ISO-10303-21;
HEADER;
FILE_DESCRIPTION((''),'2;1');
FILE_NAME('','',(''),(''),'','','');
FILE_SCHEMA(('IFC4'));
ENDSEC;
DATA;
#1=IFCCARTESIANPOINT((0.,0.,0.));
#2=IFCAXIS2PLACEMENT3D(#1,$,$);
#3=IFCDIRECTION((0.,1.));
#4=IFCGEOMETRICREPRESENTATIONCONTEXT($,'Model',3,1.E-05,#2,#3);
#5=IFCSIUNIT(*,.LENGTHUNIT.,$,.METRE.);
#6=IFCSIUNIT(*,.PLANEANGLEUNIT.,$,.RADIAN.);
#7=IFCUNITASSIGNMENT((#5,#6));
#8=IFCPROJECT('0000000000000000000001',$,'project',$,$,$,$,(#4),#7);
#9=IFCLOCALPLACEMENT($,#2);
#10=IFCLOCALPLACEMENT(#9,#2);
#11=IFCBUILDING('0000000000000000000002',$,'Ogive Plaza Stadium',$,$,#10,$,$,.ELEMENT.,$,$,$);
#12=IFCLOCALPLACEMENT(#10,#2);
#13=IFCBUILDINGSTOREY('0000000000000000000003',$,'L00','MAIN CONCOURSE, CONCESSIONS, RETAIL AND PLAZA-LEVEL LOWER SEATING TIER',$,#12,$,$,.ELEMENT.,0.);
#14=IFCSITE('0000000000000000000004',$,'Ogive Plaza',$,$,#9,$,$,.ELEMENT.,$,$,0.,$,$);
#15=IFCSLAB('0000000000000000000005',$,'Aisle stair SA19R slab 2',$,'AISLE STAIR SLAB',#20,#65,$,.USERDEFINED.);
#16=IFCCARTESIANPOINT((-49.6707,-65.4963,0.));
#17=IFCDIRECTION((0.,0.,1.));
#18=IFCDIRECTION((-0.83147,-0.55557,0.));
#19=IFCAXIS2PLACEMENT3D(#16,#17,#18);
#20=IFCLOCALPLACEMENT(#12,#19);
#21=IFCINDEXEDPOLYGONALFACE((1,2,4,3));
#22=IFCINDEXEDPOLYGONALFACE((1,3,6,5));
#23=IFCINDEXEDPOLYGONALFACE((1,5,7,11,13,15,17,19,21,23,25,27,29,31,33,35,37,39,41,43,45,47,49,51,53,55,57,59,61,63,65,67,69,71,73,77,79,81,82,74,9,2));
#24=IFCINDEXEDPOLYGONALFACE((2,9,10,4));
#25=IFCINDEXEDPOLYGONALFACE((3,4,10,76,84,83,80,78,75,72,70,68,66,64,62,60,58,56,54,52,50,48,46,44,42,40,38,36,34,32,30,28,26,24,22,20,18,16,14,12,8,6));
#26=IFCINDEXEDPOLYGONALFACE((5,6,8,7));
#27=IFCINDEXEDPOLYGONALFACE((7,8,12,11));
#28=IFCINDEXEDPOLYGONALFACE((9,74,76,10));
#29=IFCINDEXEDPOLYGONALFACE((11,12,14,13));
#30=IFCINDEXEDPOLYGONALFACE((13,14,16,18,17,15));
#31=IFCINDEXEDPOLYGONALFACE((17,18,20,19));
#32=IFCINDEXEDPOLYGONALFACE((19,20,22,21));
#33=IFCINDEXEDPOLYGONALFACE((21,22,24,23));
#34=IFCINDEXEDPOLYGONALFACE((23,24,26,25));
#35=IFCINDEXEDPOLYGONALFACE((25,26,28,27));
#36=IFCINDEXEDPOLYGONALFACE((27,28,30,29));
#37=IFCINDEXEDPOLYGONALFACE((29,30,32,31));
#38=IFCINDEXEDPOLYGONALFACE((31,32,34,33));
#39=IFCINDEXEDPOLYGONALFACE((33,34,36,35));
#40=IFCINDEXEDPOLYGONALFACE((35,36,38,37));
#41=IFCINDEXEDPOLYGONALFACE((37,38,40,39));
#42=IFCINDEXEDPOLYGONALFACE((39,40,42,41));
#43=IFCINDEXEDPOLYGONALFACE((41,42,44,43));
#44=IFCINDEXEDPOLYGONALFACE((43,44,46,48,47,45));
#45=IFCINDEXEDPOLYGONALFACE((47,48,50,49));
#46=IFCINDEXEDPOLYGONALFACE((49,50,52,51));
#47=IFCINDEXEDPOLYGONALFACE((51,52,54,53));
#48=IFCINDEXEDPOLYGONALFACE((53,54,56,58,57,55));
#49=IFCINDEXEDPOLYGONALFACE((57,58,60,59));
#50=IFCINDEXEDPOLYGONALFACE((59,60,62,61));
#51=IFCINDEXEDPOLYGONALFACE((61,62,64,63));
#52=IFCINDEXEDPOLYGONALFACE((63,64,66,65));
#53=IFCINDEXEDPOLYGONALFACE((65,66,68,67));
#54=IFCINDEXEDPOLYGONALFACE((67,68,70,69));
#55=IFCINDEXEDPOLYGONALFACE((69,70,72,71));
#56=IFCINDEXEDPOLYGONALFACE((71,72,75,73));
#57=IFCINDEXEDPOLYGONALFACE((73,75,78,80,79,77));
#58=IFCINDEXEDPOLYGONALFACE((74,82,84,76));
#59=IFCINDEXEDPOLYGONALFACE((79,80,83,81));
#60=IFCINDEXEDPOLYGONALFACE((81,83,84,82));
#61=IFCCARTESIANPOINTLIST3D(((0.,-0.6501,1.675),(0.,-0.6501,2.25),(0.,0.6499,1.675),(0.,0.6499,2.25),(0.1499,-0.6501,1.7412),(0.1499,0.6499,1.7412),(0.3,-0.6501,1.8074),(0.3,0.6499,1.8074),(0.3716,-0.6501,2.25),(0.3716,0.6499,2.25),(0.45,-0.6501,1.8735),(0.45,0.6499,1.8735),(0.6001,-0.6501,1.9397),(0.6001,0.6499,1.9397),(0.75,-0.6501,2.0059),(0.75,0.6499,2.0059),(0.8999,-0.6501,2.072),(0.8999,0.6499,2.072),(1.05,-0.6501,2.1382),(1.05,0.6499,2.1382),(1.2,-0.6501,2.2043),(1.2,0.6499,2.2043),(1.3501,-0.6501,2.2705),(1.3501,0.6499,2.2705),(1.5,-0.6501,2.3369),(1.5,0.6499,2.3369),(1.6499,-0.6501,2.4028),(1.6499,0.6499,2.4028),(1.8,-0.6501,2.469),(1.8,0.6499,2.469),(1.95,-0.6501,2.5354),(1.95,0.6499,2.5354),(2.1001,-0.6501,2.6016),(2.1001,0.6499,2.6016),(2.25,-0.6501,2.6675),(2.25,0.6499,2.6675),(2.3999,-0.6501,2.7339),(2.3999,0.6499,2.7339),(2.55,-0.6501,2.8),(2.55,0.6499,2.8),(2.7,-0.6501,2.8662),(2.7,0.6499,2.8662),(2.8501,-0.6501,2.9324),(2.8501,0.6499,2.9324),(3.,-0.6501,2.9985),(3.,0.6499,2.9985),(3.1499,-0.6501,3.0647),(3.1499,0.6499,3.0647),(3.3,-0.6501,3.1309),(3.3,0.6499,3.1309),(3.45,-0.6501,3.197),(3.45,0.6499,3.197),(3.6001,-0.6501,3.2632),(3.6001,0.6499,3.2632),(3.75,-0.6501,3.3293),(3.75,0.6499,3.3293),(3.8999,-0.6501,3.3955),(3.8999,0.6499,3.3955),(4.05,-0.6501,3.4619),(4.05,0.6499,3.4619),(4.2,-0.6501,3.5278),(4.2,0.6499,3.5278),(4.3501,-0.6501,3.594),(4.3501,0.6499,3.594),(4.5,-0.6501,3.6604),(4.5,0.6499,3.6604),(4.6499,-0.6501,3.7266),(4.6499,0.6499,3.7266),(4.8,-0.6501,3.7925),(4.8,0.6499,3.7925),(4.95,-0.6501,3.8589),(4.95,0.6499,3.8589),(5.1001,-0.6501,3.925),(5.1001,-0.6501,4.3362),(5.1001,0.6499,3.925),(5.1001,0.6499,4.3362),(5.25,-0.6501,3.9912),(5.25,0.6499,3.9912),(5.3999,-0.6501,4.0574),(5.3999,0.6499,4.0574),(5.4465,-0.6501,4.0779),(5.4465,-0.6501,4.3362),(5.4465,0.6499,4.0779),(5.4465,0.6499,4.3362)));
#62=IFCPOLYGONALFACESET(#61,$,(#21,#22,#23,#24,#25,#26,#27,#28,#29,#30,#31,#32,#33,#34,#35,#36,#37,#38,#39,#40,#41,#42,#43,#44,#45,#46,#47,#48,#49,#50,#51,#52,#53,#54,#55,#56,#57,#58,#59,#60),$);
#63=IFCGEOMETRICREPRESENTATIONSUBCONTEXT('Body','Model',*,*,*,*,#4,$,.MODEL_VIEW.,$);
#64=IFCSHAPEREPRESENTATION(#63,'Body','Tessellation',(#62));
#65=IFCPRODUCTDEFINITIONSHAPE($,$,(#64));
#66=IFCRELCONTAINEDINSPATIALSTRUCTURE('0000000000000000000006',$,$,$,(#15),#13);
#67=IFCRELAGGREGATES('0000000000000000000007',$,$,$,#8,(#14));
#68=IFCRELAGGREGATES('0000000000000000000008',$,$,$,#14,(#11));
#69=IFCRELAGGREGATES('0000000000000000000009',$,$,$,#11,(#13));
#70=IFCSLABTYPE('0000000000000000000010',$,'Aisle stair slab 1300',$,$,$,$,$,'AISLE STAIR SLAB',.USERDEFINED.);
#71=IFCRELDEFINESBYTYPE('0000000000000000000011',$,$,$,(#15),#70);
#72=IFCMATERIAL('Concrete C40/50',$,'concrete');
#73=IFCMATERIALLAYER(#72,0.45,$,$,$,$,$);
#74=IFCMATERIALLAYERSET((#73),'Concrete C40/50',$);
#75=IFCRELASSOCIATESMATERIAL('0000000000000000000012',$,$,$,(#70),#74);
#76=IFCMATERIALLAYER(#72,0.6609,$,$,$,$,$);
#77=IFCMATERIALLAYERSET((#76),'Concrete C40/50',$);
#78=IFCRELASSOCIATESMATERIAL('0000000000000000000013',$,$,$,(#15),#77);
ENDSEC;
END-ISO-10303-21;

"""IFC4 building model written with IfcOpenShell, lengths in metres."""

from ifc_helpers import new_model, si_unit, direction, frame, origin, place, context, subcontext, project, spatial, polyline, outline, extrude, material, layer, layer_set, type_object, element, save


model = new_model("IFC4")

# Units and contexts
model_context = context("Model", 3, precision=1e-05, world=origin(), true_north=direction((0.0, 1.0)))
body_context = subcontext(model_context, "Body", "Model", "MODEL_VIEW")
ifc_project = project(units=[si_unit("LENGTHUNIT", "METRE"), si_unit("PLANEANGLEUNIT", "RADIAN")], contexts=[model_context])

# Site, building, storey
site_placement = place(None, origin())
site = spatial("IfcSite", under=ifc_project, at=site_placement, Name="Ogive Plaza", CompositionType="ELEMENT", RefElevation=0.0)
building_placement = place(site_placement, origin())
building = spatial("IfcBuilding", under=site, at=building_placement, Name="Ogive Plaza Stadium", CompositionType="ELEMENT")
storey_placement = place(building_placement, origin())
storey = spatial("IfcBuildingStorey", under=building, at=storey_placement, Name="L00", Description="MAIN CONCOURSE, CONCESSIONS, RETAIL AND PLAZA-LEVEL LOWER SEATING TIER", CompositionType="ELEMENT", Elevation=0.0)

# Slab
ifc_material_1 = material(Name="Concrete C40/50", Category="concrete")
ifc_layer_1 = layer(ifc_material_1, 0.45)
ifc_layer_set_1 = layer_set([ifc_layer_1], Name="Concrete C40/50")
slab_type = type_object("IfcSlabType", Name="Aisle stair slab 1300", ElementType="AISLE STAIR SLAB", PredefinedType="USERDEFINED", material=ifc_layer_set_1)
ifc_layer_2 = layer(ifc_material_1, 0.6609)
ifc_layer_set_2 = layer_set([ifc_layer_2], Name="Concrete C40/50")
slab_1_placement = place(storey_placement, frame((-49.6707, -65.4963, 0.0), z_axis=(0.0, 0.0, 1.0), x_axis=(-0.83147, -0.55557, 0.0)))
element("IfcSlab", 1, at=slab_1_placement, inside=storey, type_object=slab_type, material=ifc_layer_set_2, Name="Aisle stair SA19R slab 2", ObjectType="AISLE STAIR SLAB", PredefinedType="USERDEFINED", context=body_context, shape_type="SweptSolid", body=[
    extrude(outline(polyline([(0.0, 2.25), (0.3716, 2.25), (5.1001, 4.3362), (5.4465, 4.3362), (5.4465, 4.0779), (5.3999, 4.0574), (5.25, 3.9912), (5.1001, 3.925), (4.95, 3.8589), (4.8, 3.7925), (4.6499, 3.7266), (4.5, 3.6604), (4.3501, 3.594), (4.2, 3.5278), (4.05, 3.4619), (3.8999, 3.3955), (3.75, 3.3293), (3.6001, 3.2632), (3.45, 3.197), (3.3, 3.1309), (3.1499, 3.0647), (3.0, 2.9985), (2.8501, 2.9324), (2.7, 2.8662), (2.55, 2.8), (2.3999, 2.7339), (2.25, 2.6675), (2.1001, 2.6016), (1.95, 2.5354), (1.8, 2.469), (1.6499, 2.4028), (1.5, 2.3369), (1.3501, 2.2705), (1.2, 2.2043), (1.05, 2.1382), (0.8999, 2.072), (0.75, 2.0059), (0.6001, 1.9397), (0.45, 1.8735), (0.3, 1.8074), (0.1499, 1.7412), (0.0, 1.675), (0.0, 2.25)])), frame((0.0, 0.6499, 0.0), z_axis=(0.0, -1.0, 0.0), x_axis=(1.0, 0.0, 0.0)), (0.0, 0.0, 1.0), 1.3),
])

save(model, "model.ifc")
